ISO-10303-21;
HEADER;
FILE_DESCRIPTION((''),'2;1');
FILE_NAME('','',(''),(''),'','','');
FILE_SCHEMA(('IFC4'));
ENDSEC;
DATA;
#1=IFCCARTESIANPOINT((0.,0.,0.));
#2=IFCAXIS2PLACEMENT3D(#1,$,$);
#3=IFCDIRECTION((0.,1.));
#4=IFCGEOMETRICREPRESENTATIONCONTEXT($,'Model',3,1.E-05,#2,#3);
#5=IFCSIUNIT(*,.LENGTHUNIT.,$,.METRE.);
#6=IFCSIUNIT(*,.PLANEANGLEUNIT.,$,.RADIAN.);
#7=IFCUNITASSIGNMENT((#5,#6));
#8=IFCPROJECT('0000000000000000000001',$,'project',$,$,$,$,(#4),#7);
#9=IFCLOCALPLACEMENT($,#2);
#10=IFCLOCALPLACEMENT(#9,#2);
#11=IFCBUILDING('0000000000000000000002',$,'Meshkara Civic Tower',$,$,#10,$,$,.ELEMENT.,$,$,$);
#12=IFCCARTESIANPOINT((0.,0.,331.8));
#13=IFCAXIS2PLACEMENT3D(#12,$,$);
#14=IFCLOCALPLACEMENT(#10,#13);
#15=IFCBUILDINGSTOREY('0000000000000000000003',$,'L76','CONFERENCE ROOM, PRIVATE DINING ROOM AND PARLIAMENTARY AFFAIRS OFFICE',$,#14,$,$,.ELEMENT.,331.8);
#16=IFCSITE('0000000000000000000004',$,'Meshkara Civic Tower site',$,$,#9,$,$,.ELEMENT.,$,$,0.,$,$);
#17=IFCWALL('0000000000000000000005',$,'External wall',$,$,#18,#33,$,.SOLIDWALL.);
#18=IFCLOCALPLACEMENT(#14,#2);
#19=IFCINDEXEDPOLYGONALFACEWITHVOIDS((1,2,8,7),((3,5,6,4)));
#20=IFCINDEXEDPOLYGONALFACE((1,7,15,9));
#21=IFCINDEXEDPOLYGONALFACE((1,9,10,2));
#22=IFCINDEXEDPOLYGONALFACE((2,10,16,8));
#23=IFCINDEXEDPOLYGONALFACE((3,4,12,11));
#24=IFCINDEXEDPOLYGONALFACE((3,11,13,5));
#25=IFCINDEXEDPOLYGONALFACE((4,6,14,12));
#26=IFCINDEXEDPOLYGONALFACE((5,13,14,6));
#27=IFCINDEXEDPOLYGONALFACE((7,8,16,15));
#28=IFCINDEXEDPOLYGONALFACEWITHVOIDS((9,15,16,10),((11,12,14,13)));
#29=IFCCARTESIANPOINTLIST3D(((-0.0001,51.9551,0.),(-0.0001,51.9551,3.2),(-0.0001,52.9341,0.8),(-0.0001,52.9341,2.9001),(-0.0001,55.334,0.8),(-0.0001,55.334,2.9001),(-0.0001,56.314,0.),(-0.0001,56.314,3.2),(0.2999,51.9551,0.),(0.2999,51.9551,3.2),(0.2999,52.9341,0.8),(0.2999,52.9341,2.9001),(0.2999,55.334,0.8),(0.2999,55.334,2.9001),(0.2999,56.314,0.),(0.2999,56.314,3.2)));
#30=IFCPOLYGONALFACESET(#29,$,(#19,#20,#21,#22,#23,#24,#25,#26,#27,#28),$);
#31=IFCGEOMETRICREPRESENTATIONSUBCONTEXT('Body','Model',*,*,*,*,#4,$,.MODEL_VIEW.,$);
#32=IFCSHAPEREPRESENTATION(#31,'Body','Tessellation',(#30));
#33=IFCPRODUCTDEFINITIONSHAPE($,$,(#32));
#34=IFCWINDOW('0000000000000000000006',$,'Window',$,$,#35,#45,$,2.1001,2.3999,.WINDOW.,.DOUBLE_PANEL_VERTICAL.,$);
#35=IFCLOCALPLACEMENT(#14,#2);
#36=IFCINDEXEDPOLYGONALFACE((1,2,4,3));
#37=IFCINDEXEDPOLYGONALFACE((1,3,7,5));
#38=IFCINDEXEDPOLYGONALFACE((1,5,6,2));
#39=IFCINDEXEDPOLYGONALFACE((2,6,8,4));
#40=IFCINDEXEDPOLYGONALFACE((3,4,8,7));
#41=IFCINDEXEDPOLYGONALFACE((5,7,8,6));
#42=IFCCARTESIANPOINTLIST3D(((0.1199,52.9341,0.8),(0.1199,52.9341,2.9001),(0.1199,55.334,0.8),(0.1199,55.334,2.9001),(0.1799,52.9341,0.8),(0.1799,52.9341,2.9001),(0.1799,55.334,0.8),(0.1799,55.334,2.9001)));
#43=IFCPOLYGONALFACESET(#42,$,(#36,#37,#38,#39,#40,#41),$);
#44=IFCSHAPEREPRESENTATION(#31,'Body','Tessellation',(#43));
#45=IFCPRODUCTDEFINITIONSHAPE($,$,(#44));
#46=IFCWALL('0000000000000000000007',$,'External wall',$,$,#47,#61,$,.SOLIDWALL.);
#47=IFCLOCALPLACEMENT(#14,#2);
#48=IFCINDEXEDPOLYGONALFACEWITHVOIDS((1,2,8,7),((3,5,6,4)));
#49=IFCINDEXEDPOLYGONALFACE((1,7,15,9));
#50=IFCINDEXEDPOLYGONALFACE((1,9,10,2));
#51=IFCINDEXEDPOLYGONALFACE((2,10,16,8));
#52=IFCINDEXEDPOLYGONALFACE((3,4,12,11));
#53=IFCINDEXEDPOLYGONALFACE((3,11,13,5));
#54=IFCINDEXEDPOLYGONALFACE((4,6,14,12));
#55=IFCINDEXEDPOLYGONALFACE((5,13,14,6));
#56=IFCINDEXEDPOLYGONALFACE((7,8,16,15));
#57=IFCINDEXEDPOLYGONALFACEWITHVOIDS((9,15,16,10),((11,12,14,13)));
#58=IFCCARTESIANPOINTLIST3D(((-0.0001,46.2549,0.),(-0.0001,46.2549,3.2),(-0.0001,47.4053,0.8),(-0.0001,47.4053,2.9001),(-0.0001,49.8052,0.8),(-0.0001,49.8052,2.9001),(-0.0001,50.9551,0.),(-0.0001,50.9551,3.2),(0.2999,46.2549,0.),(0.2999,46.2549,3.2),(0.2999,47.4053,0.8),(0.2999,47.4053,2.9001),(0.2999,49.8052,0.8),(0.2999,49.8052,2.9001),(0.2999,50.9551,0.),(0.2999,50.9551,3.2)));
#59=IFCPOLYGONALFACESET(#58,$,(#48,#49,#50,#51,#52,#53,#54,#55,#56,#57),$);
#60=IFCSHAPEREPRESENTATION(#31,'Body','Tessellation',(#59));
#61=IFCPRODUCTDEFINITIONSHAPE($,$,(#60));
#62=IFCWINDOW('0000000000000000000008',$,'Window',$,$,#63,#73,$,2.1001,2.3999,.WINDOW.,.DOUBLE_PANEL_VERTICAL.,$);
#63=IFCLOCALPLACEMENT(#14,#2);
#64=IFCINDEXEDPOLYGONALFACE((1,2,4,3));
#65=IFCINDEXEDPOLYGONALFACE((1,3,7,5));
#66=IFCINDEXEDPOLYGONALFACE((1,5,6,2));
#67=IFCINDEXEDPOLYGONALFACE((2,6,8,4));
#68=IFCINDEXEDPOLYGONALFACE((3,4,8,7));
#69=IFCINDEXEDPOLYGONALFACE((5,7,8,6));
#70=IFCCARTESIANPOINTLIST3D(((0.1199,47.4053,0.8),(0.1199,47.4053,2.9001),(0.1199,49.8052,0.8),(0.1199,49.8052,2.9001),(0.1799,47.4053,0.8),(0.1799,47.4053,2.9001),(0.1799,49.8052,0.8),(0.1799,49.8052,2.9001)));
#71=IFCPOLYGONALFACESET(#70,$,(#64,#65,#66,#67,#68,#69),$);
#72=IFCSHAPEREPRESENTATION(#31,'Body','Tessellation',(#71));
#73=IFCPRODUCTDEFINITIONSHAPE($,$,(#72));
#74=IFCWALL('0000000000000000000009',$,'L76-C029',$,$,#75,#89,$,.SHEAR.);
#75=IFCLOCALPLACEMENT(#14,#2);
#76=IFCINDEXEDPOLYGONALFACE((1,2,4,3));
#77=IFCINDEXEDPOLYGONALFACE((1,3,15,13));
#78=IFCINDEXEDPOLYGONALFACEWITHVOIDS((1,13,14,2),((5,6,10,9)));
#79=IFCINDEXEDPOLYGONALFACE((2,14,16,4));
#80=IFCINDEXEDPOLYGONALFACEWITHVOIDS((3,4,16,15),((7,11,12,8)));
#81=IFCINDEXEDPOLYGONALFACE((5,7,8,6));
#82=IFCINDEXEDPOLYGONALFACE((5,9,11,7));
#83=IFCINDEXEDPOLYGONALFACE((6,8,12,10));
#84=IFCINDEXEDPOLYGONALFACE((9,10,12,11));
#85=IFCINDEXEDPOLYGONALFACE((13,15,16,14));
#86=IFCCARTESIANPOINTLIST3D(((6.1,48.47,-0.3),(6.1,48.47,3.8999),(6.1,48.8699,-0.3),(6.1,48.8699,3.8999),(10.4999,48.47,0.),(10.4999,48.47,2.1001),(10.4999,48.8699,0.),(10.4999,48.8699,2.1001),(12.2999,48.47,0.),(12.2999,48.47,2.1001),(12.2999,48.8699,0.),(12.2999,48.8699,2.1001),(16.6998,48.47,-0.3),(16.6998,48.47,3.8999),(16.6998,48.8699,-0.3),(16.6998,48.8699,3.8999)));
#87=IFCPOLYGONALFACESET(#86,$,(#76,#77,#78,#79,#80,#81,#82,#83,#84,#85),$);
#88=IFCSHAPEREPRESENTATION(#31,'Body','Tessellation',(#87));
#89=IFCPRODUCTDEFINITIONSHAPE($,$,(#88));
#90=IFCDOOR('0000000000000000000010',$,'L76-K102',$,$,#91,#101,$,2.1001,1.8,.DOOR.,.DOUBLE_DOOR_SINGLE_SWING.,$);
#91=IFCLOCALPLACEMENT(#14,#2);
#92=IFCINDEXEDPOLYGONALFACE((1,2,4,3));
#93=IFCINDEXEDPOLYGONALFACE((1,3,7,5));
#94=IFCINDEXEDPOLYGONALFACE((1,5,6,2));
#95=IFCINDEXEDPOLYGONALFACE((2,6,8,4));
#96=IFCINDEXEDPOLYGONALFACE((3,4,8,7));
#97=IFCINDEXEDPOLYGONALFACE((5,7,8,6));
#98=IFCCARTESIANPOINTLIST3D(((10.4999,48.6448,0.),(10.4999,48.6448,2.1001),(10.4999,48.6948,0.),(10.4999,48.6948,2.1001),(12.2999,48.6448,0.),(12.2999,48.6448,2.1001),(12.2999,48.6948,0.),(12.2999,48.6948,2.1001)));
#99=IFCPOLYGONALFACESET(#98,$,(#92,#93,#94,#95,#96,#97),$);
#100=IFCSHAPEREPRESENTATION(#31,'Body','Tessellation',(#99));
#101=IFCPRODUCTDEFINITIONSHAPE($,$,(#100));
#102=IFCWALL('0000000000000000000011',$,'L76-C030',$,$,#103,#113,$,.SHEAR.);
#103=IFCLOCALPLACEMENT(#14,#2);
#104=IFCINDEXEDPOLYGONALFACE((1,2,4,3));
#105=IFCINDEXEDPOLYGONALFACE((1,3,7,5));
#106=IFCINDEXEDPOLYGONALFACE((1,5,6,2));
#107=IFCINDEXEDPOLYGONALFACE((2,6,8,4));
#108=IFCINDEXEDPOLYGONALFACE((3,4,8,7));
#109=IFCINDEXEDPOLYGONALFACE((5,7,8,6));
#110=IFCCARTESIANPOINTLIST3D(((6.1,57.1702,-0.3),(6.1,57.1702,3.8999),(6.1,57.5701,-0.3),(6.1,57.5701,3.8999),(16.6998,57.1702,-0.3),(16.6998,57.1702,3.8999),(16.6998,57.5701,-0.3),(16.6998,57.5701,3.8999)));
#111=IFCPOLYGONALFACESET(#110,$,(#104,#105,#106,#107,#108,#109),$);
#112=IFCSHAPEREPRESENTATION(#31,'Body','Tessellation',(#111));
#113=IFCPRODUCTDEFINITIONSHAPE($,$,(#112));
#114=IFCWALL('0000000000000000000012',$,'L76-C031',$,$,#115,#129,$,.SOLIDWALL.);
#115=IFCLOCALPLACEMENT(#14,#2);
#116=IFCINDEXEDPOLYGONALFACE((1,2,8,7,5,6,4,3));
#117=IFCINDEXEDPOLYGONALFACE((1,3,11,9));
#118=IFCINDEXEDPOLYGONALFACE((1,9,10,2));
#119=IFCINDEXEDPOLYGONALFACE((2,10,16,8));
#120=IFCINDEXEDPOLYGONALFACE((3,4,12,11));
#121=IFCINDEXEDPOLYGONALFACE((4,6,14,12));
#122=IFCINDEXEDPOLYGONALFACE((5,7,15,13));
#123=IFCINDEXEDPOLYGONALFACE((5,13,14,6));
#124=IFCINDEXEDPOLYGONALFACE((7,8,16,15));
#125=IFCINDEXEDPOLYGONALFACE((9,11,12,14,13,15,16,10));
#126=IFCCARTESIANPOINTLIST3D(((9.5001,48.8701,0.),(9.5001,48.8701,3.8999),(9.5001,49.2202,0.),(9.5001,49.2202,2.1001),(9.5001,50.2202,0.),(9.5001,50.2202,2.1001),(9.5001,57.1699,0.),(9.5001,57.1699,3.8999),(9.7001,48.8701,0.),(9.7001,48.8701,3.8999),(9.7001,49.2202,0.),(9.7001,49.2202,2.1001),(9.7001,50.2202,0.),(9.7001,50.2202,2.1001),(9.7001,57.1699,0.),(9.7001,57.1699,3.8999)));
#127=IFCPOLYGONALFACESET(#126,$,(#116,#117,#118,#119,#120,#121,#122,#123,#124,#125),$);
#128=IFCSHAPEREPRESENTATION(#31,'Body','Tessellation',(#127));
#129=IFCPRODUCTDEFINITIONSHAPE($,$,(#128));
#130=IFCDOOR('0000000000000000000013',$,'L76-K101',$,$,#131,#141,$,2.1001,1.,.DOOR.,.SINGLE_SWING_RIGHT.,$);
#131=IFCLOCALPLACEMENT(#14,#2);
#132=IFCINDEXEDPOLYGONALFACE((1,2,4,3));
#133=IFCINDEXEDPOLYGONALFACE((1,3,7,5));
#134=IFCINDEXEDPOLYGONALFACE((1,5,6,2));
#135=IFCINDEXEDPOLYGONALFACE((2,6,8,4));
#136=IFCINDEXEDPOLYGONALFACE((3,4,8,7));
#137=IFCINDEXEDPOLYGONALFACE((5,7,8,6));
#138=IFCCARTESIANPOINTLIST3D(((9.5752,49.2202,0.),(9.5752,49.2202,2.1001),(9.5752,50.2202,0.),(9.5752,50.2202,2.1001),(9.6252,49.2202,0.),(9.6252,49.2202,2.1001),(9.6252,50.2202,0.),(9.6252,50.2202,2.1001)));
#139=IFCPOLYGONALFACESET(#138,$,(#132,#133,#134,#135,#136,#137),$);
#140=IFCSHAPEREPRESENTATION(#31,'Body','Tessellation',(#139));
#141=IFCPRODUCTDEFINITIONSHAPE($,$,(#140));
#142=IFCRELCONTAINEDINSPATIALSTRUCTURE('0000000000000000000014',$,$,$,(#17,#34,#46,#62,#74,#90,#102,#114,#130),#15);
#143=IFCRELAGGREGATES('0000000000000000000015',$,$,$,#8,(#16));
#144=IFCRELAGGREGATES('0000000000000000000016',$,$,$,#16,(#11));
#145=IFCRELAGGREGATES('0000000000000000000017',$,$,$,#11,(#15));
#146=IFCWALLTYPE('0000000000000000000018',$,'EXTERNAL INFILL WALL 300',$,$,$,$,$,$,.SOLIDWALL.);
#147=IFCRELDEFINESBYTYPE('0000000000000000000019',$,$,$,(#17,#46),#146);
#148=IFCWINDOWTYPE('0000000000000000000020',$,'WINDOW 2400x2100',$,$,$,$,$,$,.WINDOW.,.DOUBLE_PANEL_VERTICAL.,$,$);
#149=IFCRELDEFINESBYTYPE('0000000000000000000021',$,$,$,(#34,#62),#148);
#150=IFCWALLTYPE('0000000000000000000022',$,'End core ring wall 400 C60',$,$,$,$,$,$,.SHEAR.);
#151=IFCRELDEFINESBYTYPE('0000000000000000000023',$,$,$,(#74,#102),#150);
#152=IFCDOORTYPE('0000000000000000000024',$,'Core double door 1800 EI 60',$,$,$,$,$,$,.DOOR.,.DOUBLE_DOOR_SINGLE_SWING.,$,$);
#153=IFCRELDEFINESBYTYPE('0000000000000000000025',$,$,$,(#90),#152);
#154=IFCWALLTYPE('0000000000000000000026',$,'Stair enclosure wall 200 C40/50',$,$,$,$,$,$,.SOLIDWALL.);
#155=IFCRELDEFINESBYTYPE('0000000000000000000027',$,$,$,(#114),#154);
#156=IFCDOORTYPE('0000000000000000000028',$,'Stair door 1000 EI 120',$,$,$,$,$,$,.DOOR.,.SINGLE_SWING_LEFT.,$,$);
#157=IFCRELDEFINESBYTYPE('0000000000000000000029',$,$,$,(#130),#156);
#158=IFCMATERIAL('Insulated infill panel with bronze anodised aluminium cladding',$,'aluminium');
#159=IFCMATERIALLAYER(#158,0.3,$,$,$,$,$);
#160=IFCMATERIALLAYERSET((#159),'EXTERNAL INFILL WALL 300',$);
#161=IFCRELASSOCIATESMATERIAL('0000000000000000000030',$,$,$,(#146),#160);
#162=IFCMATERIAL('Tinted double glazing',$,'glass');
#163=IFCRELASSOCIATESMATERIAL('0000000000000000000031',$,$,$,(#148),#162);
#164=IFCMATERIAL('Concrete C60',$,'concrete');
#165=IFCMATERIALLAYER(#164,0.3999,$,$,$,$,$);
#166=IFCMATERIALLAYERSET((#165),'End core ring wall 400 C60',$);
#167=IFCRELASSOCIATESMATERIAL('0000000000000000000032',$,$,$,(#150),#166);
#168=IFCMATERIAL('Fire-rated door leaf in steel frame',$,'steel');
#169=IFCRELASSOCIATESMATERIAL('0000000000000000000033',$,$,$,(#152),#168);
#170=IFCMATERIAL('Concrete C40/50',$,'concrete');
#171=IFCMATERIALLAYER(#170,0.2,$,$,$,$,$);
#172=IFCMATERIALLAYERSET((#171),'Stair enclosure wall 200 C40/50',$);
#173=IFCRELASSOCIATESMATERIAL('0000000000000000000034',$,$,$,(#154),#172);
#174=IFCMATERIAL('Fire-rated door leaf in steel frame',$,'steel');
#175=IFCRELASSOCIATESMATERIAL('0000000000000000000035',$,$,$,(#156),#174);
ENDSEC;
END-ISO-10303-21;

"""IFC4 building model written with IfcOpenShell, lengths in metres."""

from ifc_helpers import new_model, si_unit, direction, frame, frame_2d, origin, place, context, subcontext, project, spatial, rectangle, extrude, material, layer, layer_set, type_object, element, fill, save


model = new_model("IFC4")

# Units and contexts
model_context = context("Model", 3, precision=1e-05, world=origin(), true_north=direction((0.0, 1.0)))
body_context = subcontext(model_context, "Body", "Model", "MODEL_VIEW")
ifc_project = project(units=[si_unit("LENGTHUNIT", "METRE"), si_unit("PLANEANGLEUNIT", "RADIAN")], contexts=[model_context])

# Site, building, storey
site_placement = place(None, origin())
site = spatial("IfcSite", under=ifc_project, at=site_placement, Name="Meshkara Civic Tower site", CompositionType="ELEMENT", RefElevation=0.0)
building_placement = place(site_placement, origin())
building = spatial("IfcBuilding", under=site, at=building_placement, Name="Meshkara Civic Tower", CompositionType="ELEMENT")
storey_placement = place(building_placement, frame((0.0, 0.0, 331.8)))
storey = spatial("IfcBuildingStorey", under=building, at=storey_placement, Name="L76", Description="CONFERENCE ROOM, PRIVATE DINING ROOM AND PARLIAMENTARY AFFAIRS OFFICE", CompositionType="ELEMENT", Elevation=331.8)

# Walls, openings, windows
ifc_material_1 = material(Name="Insulated infill panel with bronze anodised aluminium cladding", Category="aluminium")
ifc_layer_1 = layer(ifc_material_1, 0.3)
ifc_layer_set_1 = layer_set([ifc_layer_1], Name="EXTERNAL INFILL WALL 300")
wall_type_1 = type_object("IfcWallType", Name="EXTERNAL INFILL WALL 300", PredefinedType="SOLIDWALL", material=ifc_layer_set_1)
ifc_material_2 = material(Name="Tinted double glazing", Category="glass")
window_type = type_object("IfcWindowType", Name="WINDOW 2400x2100", PartitioningType="DOUBLE_PANEL_VERTICAL", PredefinedType="WINDOW", material=ifc_material_2)
wall_1_placement = place(storey_placement, frame((0.1499, 56.314, 0.0), z_axis=(0.0, 0.0, 1.0), x_axis=(0.0, -1.0, 0.0)))
wall_1 = element("IfcWall", 1, at=wall_1_placement, inside=storey, type_object=wall_type_1, Name="External wall", PredefinedType="SOLIDWALL", context=body_context, shape_type="SweptSolid", body=[
    extrude(rectangle(XDim=4.3589, YDim=0.3, at=frame_2d((2.1794, 0.0))), origin(), (0.0, 0.0, 1.0), 3.2),
])
opening_1_placement = place(wall_1_placement, frame((0.98, 0.0, 0.8)))
opening_1 = element("IfcOpeningElement", 2, at=opening_1_placement, cuts=wall_1, PredefinedType="OPENING", context=body_context, shape_type="SweptSolid", body=[
    extrude(rectangle(XDim=2.3999, YDim=2.1001, at=frame_2d((1.2, 1.05))), frame((0.0, 0.1599, 0.0), z_axis=(0.0, -1.0, 0.0), x_axis=(1.0, 0.0, 0.0)), (0.0, 0.0, 1.0), 0.3201),
])
window_1_placement = place(opening_1_placement, origin())
window_1 = element("IfcWindow", 3, at=window_1_placement, inside=storey, type_object=window_type, Name="Window", OverallHeight=2.1001, OverallWidth=2.3999, PartitioningType="DOUBLE_PANEL_VERTICAL", PredefinedType="WINDOW", context=body_context, shape_type="SweptSolid", body=[
    extrude(rectangle(XDim=2.3999, YDim=2.1001, at=frame_2d((1.2, 1.05))), frame((0.0, 0.03, 0.0), z_axis=(0.0, -1.0, 0.0), x_axis=(1.0, 0.0, 0.0)), (0.0, 0.0, 1.0), 0.0601),
])
fill(opening_1, window_1)
wall_2_placement = place(storey_placement, frame((0.1499, 50.9551, 0.0), z_axis=(0.0, 0.0, 1.0), x_axis=(0.0, -1.0, 0.0)))
wall_2 = element("IfcWall", 4, at=wall_2_placement, inside=storey, type_object=wall_type_1, Name="External wall", PredefinedType="SOLIDWALL", context=body_context, shape_type="SweptSolid", body=[
    extrude(rectangle(XDim=4.7002, YDim=0.3, at=frame_2d((2.3501, 0.0))), origin(), (0.0, 0.0, 1.0), 3.2),
])
opening_2_placement = place(wall_2_placement, frame((1.1499, 0.0, 0.8)))
opening_2 = element("IfcOpeningElement", 5, at=opening_2_placement, cuts=wall_2, PredefinedType="OPENING", context=body_context, shape_type="SweptSolid", body=[
    extrude(rectangle(XDim=2.3999, YDim=2.1001, at=frame_2d((1.2, 1.05))), frame((0.0, 0.1599, 0.0), z_axis=(0.0, -1.0, 0.0), x_axis=(1.0, 0.0, 0.0)), (0.0, 0.0, 1.0), 0.3201),
])
window_2_placement = place(opening_2_placement, origin())
window_2 = element("IfcWindow", 6, at=window_2_placement, inside=storey, type_object=window_type, Name="Window", OverallHeight=2.1001, OverallWidth=2.3999, PartitioningType="DOUBLE_PANEL_VERTICAL", PredefinedType="WINDOW", context=body_context, shape_type="SweptSolid", body=[
    extrude(rectangle(XDim=2.3999, YDim=2.1001, at=frame_2d((1.2, 1.05))), frame((0.0, 0.03, 0.0), z_axis=(0.0, -1.0, 0.0), x_axis=(1.0, 0.0, 0.0)), (0.0, 0.0, 1.0), 0.0601),
])
fill(opening_2, window_2)

# Wall, opening, door
ifc_material_3 = material(Name="Concrete C60", Category="concrete")
ifc_layer_2 = layer(ifc_material_3, 0.3999)
ifc_layer_set_2 = layer_set([ifc_layer_2], Name="End core ring wall 400 C60")
wall_type_2 = type_object("IfcWallType", Name="End core ring wall 400 C60", PredefinedType="SHEAR", material=ifc_layer_set_2)
wall_3_placement = place(storey_placement, frame((6.1001, 48.6699, -0.3), z_axis=(0.0, 0.0, 1.0), x_axis=(1.0, 0.0, 0.0)))
wall_3 = element("IfcWall", 7, at=wall_3_placement, inside=storey, type_object=wall_type_2, Name="L76-C029", PredefinedType="SHEAR", context=body_context, shape_type="SweptSolid", body=[
    extrude(rectangle(XDim=10.5999, YDim=0.3999, at=frame_2d((5.2998, 0.0))), origin(), (0.0, 0.0, 1.0), 4.2),
])
opening_3_placement = place(wall_3_placement, frame((4.3999, 0.0, 0.3)))
opening_3 = element("IfcOpeningElement", 8, at=opening_3_placement, cuts=wall_3, PredefinedType="OPENING", context=body_context, shape_type="SweptSolid", body=[
    extrude(rectangle(XDim=1.8, YDim=2.1001, at=frame_2d((0.8999, 1.05))), frame((0.0, 0.21, 0.0), z_axis=(0.0, -1.0, 0.0), x_axis=(1.0, 0.0, 0.0)), (0.0, 0.0, 1.0), 0.4199),
])
ifc_material_4 = material(Name="Fire-rated door leaf in steel frame", Category="steel")
door_type_1 = type_object("IfcDoorType", Name="Core double door 1800 EI 60", OperationType="DOUBLE_DOOR_SINGLE_SWING", PredefinedType="DOOR", material=ifc_material_4)
door_1_placement = place(opening_3_placement, origin())
door_1 = element("IfcDoor", 9, at=door_1_placement, inside=storey, type_object=door_type_1, Name="L76-K102", OperationType="DOUBLE_DOOR_SINGLE_SWING", OverallHeight=2.1001, OverallWidth=1.8, PredefinedType="DOOR", context=body_context, shape_type="SweptSolid", body=[
    extrude(rectangle(XDim=1.8, YDim=2.1001, at=frame_2d((0.8999, 1.05))), frame((0.0, 0.0249, 0.0), z_axis=(0.0, -1.0, 0.0), x_axis=(1.0, 0.0, 0.0)), (0.0, 0.0, 1.0), 0.05),
])
fill(opening_3, door_1)

# Wall
wall_4_placement = place(storey_placement, frame((6.1001, 57.3701, -0.3), z_axis=(0.0, 0.0, 1.0), x_axis=(1.0, 0.0, 0.0)))
element("IfcWall", 10, at=wall_4_placement, inside=storey, type_object=wall_type_2, Name="L76-C030", PredefinedType="SHEAR", context=body_context, shape_type="SweptSolid", body=[
    extrude(rectangle(XDim=10.5999, YDim=0.3999, at=frame_2d((5.2998, 0.0))), origin(), (0.0, 0.0, 1.0), 4.2),
])

# Wall, opening, door
ifc_material_5 = material(Name="Concrete C40/50", Category="concrete")
ifc_layer_3 = layer(ifc_material_5, 0.2)
ifc_layer_set_3 = layer_set([ifc_layer_3], Name="Stair enclosure wall 200 C40/50")
wall_type_3 = type_object("IfcWallType", Name="Stair enclosure wall 200 C40/50", PredefinedType="SOLIDWALL", material=ifc_layer_set_3)
wall_5_placement = place(storey_placement, frame((9.6001, 48.8701, 0.0), z_axis=(0.0, 0.0, 1.0), x_axis=(0.0, 1.0, 0.0)))
wall_5 = element("IfcWall", 11, at=wall_5_placement, inside=storey, type_object=wall_type_3, Name="L76-C031", PredefinedType="SOLIDWALL", context=body_context, shape_type="SweptSolid", body=[
    extrude(rectangle(XDim=8.2998, YDim=0.2, at=frame_2d((4.1499, 0.0))), origin(), (0.0, 0.0, 1.0), 3.8999),
])
opening_4_placement = place(wall_5_placement, frame((0.3501, 0.0, 0.0)))
opening_4 = element("IfcOpeningElement", 12, at=opening_4_placement, cuts=wall_5, PredefinedType="OPENING", context=body_context, shape_type="SweptSolid", body=[
    extrude(rectangle(XDim=1.0, YDim=2.1001, at=frame_2d((0.5, 1.05))), frame((0.0, 0.1099, 0.0), z_axis=(0.0, -1.0, 0.0), x_axis=(1.0, 0.0, 0.0)), (0.0, 0.0, 1.0), 0.22),
])
ifc_material_6 = material(Name="Fire-rated door leaf in steel frame", Category="steel")
door_type_2 = type_object("IfcDoorType", Name="Stair door 1000 EI 120", OperationType="SINGLE_SWING_LEFT", PredefinedType="DOOR", material=ifc_material_6)
door_2_placement = place(opening_4_placement, origin())
door_2 = element("IfcDoor", 13, at=door_2_placement, inside=storey, type_object=door_type_2, Name="L76-K101", OperationType="SINGLE_SWING_RIGHT", OverallHeight=2.1001, OverallWidth=1.0, PredefinedType="DOOR", context=body_context, shape_type="SweptSolid", body=[
    extrude(rectangle(XDim=1.0, YDim=2.1001, at=frame_2d((0.5, 1.05))), frame((0.0, 0.0249, 0.0), z_axis=(0.0, -1.0, 0.0), x_axis=(1.0, 0.0, 0.0)), (0.0, 0.0, 1.0), 0.05),
])
fill(opening_4, door_2)

save(model, "model.ifc")
